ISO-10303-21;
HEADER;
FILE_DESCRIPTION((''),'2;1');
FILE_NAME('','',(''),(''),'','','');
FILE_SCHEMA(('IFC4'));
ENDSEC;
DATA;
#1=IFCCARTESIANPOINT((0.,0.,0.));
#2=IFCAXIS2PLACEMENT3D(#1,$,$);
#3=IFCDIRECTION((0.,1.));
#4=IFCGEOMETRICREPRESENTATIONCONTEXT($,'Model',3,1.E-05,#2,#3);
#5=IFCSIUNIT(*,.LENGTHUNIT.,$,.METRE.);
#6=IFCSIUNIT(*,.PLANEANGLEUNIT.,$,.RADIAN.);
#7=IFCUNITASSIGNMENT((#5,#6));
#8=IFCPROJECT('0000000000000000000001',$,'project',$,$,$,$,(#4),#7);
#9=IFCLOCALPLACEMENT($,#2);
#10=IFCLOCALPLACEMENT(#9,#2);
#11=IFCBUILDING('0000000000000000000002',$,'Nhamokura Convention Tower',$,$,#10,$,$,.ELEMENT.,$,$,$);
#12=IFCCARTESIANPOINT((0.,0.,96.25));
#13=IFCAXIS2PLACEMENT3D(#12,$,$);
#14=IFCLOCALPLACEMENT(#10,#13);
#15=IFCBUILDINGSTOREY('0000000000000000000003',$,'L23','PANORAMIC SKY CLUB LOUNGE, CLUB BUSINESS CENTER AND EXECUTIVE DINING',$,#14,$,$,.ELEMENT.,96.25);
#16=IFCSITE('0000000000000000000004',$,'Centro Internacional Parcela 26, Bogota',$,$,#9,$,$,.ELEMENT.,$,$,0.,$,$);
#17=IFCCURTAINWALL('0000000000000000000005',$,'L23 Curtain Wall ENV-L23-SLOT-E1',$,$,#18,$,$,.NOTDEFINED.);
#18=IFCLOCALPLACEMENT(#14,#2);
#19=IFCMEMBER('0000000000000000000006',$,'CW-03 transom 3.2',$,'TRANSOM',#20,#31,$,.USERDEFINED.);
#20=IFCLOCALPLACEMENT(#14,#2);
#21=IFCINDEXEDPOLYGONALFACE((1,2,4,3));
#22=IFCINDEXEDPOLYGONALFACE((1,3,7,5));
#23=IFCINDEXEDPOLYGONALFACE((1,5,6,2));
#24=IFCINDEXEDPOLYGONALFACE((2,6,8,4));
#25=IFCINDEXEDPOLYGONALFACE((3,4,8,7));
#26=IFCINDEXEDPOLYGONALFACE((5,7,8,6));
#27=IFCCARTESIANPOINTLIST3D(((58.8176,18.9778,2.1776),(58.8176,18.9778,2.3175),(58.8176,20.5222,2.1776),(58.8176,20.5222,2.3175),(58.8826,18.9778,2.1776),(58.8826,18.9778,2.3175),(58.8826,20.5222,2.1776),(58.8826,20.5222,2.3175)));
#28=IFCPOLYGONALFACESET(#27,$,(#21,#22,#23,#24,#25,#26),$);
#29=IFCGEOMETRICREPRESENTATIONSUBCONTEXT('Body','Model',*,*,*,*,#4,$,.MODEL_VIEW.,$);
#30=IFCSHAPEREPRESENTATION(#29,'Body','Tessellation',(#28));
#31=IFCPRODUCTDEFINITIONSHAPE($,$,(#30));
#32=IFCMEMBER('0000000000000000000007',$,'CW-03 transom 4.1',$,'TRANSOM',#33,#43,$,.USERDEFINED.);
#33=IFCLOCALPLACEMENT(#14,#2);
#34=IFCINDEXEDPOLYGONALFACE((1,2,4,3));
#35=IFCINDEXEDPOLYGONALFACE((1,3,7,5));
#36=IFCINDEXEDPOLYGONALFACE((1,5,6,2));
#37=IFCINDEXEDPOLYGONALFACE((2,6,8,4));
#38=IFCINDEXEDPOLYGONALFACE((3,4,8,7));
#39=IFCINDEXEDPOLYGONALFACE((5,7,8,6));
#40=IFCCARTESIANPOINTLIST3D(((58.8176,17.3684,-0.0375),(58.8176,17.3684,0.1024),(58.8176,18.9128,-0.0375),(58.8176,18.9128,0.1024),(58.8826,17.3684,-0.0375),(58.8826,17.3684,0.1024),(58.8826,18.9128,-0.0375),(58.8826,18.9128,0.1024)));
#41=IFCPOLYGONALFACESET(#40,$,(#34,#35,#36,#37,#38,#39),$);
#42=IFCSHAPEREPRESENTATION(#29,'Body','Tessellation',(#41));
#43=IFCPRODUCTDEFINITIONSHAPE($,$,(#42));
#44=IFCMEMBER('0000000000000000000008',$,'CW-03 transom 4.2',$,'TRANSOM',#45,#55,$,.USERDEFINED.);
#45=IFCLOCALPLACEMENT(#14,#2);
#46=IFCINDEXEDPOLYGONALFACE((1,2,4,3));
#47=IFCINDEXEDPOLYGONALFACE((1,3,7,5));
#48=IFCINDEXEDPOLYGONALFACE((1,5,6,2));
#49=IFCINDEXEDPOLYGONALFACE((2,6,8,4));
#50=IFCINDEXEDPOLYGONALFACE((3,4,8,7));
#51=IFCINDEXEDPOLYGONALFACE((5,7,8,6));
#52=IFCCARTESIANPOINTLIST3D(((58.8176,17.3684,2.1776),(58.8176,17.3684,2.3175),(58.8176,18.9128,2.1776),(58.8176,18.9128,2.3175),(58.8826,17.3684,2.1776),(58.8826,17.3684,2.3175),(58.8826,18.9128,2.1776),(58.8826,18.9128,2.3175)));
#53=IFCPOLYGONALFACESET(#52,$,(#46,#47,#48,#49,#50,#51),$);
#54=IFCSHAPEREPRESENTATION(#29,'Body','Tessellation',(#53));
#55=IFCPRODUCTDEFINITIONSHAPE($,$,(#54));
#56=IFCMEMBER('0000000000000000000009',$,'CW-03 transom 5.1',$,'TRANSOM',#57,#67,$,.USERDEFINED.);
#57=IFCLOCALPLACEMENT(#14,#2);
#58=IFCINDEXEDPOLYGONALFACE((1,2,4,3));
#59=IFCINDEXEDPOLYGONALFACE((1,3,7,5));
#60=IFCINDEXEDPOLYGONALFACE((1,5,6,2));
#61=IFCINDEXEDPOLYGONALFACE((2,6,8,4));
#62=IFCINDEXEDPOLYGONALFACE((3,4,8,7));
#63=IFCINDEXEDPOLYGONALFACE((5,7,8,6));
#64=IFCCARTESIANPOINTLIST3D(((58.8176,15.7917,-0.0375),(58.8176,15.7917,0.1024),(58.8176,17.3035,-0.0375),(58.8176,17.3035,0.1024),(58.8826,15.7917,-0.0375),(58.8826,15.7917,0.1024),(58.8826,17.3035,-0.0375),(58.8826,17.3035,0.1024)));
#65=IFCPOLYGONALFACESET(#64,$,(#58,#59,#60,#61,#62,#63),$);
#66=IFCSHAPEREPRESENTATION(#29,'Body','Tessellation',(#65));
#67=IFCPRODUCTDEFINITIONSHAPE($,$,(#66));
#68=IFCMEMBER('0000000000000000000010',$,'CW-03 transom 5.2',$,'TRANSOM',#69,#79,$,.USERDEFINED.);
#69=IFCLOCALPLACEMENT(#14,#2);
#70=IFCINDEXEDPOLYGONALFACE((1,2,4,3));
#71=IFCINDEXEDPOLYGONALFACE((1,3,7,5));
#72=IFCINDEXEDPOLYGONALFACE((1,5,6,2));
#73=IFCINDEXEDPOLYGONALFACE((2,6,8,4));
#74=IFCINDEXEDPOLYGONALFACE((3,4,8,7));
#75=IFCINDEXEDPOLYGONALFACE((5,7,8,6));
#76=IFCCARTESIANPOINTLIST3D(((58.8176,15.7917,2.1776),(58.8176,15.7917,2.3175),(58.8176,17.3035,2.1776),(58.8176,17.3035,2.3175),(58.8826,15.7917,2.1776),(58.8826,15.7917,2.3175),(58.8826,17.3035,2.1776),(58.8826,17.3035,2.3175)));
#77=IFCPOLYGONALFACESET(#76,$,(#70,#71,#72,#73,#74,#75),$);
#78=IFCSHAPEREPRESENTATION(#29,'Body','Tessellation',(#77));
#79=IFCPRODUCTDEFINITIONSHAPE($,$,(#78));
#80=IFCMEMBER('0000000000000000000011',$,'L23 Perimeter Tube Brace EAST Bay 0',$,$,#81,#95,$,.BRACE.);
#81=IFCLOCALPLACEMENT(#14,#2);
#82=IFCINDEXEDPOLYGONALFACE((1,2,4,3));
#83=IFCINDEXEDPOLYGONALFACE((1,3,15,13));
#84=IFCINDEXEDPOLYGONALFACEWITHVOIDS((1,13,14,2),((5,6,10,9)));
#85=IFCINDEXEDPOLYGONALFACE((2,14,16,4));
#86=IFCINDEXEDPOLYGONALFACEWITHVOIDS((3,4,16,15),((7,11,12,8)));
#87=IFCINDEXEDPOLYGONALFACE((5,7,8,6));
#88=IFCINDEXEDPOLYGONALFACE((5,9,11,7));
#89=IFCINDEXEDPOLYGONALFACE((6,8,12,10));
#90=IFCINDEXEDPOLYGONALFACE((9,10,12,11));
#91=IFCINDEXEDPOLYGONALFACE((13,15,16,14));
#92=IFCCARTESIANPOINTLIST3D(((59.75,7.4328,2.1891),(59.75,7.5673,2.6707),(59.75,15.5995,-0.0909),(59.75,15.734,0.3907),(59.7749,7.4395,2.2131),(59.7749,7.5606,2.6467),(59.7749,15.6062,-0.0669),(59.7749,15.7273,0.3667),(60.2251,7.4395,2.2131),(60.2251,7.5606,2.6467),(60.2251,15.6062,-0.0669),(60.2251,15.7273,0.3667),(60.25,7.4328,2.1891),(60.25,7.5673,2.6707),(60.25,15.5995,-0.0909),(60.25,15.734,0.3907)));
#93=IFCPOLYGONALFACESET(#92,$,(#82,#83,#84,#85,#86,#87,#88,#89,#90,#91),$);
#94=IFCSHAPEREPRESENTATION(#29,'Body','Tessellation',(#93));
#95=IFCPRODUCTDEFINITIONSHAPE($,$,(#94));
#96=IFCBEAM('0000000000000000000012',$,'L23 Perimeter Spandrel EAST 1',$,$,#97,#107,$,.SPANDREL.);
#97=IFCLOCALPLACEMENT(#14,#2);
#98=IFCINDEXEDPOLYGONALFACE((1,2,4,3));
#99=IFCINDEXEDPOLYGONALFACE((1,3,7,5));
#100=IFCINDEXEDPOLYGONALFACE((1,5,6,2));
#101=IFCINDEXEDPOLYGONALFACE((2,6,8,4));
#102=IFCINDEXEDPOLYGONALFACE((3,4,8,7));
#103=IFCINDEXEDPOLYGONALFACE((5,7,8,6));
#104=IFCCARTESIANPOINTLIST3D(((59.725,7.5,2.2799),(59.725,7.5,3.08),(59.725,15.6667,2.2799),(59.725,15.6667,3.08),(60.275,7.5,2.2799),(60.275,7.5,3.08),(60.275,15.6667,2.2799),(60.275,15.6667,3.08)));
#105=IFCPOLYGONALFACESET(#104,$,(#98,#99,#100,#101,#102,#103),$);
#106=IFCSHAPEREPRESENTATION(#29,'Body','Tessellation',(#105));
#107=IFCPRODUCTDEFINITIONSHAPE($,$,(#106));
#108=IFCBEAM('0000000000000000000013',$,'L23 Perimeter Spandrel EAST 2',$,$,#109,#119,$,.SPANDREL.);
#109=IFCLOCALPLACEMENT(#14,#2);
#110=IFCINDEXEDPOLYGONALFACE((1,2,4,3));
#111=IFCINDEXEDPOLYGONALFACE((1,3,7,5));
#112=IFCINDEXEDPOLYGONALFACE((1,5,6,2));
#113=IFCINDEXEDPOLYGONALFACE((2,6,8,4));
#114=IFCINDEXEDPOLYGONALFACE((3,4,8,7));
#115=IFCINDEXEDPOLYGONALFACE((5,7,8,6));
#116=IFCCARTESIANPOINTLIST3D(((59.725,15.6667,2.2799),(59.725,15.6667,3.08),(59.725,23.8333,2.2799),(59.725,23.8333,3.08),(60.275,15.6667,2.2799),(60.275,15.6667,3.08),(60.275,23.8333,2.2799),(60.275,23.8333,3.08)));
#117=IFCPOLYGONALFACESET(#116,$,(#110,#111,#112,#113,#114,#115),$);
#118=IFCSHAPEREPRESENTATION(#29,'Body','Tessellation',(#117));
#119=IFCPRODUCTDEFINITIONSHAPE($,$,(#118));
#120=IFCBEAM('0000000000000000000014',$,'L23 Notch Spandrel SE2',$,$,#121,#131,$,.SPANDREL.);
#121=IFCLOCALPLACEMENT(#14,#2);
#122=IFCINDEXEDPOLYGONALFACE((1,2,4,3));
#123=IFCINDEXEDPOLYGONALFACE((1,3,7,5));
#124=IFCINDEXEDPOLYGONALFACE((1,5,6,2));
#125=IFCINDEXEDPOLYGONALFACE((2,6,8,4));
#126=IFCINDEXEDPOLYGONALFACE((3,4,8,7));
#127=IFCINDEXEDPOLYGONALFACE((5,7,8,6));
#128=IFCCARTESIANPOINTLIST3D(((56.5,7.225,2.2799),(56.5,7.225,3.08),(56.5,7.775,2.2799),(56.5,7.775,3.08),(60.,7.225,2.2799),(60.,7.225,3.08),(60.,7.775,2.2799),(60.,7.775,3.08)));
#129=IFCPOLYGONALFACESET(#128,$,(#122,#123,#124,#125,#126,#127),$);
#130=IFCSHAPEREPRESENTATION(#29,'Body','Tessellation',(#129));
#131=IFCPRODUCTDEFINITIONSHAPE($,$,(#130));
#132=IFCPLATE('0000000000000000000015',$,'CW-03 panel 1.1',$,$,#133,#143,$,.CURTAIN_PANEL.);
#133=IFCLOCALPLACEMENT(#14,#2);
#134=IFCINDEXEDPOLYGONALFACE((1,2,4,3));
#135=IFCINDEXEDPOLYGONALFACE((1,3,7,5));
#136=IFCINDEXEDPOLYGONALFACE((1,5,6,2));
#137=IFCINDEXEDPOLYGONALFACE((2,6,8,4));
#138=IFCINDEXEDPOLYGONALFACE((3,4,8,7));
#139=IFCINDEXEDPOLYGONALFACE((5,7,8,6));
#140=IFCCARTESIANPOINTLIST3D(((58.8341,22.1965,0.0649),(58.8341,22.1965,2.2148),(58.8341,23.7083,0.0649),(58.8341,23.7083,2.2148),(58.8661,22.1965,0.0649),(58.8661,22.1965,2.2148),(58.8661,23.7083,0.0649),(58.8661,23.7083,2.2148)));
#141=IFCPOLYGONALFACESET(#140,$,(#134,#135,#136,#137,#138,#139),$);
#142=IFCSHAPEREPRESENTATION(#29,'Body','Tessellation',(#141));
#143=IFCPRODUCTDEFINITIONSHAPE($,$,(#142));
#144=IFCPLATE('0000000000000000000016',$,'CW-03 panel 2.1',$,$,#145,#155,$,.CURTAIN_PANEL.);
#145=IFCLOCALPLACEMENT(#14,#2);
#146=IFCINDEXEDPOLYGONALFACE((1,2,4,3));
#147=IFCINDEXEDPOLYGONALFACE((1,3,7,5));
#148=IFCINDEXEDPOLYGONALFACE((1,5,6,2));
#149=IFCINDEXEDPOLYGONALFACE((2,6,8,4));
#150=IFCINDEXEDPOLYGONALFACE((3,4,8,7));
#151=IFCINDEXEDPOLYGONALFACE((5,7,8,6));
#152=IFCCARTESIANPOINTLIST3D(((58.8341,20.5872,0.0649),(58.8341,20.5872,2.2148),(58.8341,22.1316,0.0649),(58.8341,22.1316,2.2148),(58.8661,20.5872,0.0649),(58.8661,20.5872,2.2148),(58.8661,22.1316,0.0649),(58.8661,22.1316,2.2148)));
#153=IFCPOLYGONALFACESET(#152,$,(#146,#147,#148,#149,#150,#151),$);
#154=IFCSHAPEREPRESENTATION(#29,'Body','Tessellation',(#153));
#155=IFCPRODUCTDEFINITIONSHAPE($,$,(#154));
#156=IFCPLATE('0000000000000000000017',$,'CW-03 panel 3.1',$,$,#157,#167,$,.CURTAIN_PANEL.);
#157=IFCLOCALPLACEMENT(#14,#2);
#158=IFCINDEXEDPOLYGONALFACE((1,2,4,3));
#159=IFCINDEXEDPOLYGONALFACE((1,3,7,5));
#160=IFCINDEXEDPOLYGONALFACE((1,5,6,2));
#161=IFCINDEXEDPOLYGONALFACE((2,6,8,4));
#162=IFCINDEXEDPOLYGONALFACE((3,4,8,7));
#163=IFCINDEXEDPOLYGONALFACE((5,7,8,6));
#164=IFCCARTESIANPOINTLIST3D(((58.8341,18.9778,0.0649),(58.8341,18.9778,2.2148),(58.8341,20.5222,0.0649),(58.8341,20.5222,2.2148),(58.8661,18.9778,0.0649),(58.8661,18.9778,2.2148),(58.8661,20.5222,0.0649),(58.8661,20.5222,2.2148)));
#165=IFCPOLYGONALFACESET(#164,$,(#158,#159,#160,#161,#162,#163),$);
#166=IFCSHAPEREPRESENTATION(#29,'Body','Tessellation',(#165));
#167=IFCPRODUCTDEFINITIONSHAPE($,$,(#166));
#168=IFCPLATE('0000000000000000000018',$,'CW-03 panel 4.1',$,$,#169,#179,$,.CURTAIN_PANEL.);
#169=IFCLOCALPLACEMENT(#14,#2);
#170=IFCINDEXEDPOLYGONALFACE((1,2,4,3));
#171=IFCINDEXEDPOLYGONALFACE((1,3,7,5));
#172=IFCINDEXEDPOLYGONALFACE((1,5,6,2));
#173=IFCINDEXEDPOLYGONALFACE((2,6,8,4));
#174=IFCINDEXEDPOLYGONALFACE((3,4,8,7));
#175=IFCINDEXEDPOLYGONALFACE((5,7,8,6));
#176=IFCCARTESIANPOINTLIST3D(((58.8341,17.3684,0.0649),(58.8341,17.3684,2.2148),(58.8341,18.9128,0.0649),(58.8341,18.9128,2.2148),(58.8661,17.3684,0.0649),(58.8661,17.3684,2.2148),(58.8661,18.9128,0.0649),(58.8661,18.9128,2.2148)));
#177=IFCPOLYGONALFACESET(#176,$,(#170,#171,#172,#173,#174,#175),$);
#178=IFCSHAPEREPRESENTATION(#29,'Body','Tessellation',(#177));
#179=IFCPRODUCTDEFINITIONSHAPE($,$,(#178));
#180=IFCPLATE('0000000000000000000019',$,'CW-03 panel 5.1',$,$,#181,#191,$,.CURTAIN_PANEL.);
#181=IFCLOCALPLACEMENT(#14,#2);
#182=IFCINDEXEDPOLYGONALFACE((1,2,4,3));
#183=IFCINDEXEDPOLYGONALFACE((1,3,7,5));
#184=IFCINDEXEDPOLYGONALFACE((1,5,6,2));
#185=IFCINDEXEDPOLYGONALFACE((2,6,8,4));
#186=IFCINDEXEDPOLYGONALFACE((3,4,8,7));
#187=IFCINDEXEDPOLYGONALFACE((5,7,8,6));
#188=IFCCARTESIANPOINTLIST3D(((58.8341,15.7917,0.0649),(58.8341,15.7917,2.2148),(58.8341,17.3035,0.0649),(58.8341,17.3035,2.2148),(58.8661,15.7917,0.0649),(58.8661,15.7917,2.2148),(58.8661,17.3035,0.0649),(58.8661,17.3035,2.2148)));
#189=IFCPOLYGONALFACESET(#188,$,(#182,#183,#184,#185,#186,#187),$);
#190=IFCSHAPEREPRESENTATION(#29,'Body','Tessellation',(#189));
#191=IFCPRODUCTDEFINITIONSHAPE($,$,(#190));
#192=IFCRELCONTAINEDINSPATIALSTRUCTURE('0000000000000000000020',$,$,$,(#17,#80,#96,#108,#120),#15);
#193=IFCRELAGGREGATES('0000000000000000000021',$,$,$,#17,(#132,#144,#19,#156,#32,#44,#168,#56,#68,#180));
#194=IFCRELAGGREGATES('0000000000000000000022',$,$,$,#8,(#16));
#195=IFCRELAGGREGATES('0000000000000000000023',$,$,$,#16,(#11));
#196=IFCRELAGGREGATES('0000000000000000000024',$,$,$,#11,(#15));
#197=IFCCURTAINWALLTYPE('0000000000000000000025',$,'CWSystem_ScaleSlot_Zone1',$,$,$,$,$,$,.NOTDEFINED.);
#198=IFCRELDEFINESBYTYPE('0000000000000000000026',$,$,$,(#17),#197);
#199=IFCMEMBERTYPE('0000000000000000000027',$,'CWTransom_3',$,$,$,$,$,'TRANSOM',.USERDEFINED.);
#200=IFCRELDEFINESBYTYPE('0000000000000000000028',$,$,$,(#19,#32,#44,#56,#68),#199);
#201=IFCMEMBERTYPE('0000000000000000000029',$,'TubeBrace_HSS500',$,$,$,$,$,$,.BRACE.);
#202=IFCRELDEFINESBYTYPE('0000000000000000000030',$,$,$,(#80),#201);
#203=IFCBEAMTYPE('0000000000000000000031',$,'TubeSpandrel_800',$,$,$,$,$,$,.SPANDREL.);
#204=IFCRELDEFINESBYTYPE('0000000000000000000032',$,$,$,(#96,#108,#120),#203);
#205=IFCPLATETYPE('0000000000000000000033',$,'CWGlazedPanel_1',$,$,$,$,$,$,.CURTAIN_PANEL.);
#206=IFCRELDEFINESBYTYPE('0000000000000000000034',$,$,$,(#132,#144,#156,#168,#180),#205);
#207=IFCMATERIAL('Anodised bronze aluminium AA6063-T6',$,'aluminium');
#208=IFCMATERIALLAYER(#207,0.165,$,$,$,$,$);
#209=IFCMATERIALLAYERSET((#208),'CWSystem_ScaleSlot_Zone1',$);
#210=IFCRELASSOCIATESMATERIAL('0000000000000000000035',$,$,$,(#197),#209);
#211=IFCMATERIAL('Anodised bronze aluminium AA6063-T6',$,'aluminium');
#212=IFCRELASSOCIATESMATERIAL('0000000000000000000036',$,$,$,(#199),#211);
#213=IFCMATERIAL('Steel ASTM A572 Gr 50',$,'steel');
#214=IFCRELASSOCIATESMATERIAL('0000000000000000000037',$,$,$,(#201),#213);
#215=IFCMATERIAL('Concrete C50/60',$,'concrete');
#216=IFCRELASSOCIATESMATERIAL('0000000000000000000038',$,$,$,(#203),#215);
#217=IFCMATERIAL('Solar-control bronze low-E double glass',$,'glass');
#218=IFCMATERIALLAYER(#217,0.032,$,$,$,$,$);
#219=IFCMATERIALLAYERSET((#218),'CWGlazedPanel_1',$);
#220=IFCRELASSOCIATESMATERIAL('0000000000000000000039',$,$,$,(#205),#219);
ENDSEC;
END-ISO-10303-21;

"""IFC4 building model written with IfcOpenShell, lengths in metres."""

from ifc_helpers import new_model, si_unit, direction, frame, origin, origin_2d, place, context, subcontext, project, spatial, rectangle, hollow_rectangle, extrude, material, layer, layer_set, material_profile, profile_set, type_object, element, aggregate, save


model = new_model("IFC4")

# Units and contexts
model_context = context("Model", 3, precision=1e-05, world=origin(), true_north=direction((0.0, 1.0)))
body_context = subcontext(model_context, "Body", "Model", "MODEL_VIEW")
ifc_project = project(units=[si_unit("LENGTHUNIT", "METRE"), si_unit("PLANEANGLEUNIT", "RADIAN")], contexts=[model_context])

# Site, building, storey
site_placement = place(None, origin())
site = spatial("IfcSite", under=ifc_project, at=site_placement, Name="Centro Internacional Parcela 26, Bogota", CompositionType="ELEMENT", RefElevation=0.0)
building_placement = place(site_placement, origin())
building = spatial("IfcBuilding", under=site, at=building_placement, Name="Nhamokura Convention Tower", CompositionType="ELEMENT")
storey_placement = place(building_placement, frame((0.0, 0.0, 96.25)))
storey = spatial("IfcBuildingStorey", under=building, at=storey_placement, Name="L23", Description="PANORAMIC SKY CLUB LOUNGE, CLUB BUSINESS CENTER AND EXECUTIVE DINING", CompositionType="ELEMENT", Elevation=96.25)

# Curtain wall, members
ifc_material_1 = material(Name="Anodised bronze aluminium AA6063-T6", Category="aluminium")
ifc_layer_1 = layer(ifc_material_1, 0.165)
ifc_layer_set_1 = layer_set([ifc_layer_1], Name="CWSystem_ScaleSlot_Zone1")
curtain_wall_type = type_object("IfcCurtainWallType", Name="CWSystem_ScaleSlot_Zone1", PredefinedType="NOTDEFINED", material=ifc_layer_set_1)
curtain_wall_placement = place(storey_placement, origin())
curtain_wall = element("IfcCurtainWall", 1, at=curtain_wall_placement, inside=storey, type_object=curtain_wall_type, Name="L23 Curtain Wall ENV-L23-SLOT-E1", PredefinedType="NOTDEFINED")
ifc_material_2 = material(Name="Anodised bronze aluminium AA6063-T6", Category="aluminium")
ifc_material_profile_1 = material_profile(ifc_material_2, rectangle(XDim=0.0649, YDim=0.1399, at=origin_2d()))
ifc_profile_set_1 = profile_set([ifc_material_profile_1], Name="Anodised bronze aluminium AA6063-T6")
member_type_1 = type_object("IfcMemberType", Name="CWTransom_3", ElementType="TRANSOM", PredefinedType="USERDEFINED", material=ifc_profile_set_1)
member_1_placement = place(storey_placement, frame((58.8501, 20.5222, 2.2476), z_axis=(0.0, -1.0, 0.0), x_axis=(1.0, 0.0, 0.0)))
member_1 = element("IfcMember", 2, at=member_1_placement, type_object=member_type_1, Name="CW-03 transom 3.2", ObjectType="TRANSOM", PredefinedType="USERDEFINED", context=body_context, shape_type="SweptSolid", body=[
    extrude(rectangle(XDim=0.0649, YDim=0.1399, at=origin_2d()), origin(), (0.0, 0.0, 1.0), 1.5444),
])
member_2_placement = place(storey_placement, frame((58.8501, 18.9128, 0.0325), z_axis=(0.0, -1.0, 0.0), x_axis=(1.0, 0.0, 0.0)))
member_2 = element("IfcMember", 3, at=member_2_placement, type_object=member_type_1, Name="CW-03 transom 4.1", ObjectType="TRANSOM", PredefinedType="USERDEFINED", context=body_context, shape_type="SweptSolid", body=[
    extrude(rectangle(XDim=0.0649, YDim=0.1399, at=origin_2d()), origin(), (0.0, 0.0, 1.0), 1.5444),
])
member_3_placement = place(storey_placement, frame((58.8501, 18.9128, 2.2476), z_axis=(0.0, -1.0, 0.0), x_axis=(1.0, 0.0, 0.0)))
member_3 = element("IfcMember", 4, at=member_3_placement, type_object=member_type_1, Name="CW-03 transom 4.2", ObjectType="TRANSOM", PredefinedType="USERDEFINED", context=body_context, shape_type="SweptSolid", body=[
    extrude(rectangle(XDim=0.0649, YDim=0.1399, at=origin_2d()), origin(), (0.0, 0.0, 1.0), 1.5444),
])
member_4_placement = place(storey_placement, frame((58.8501, 17.3035, 0.0325), z_axis=(0.0, -1.0, 0.0), x_axis=(1.0, 0.0, 0.0)))
member_4 = element("IfcMember", 5, at=member_4_placement, type_object=member_type_1, Name="CW-03 transom 5.1", ObjectType="TRANSOM", PredefinedType="USERDEFINED", context=body_context, shape_type="SweptSolid", body=[
    extrude(rectangle(XDim=0.0649, YDim=0.1399, at=origin_2d()), origin(), (0.0, 0.0, 1.0), 1.5117),
])
member_5_placement = place(storey_placement, frame((58.8501, 17.3035, 2.2476), z_axis=(0.0, -1.0, 0.0), x_axis=(1.0, 0.0, 0.0)))
member_5 = element("IfcMember", 6, at=member_5_placement, type_object=member_type_1, Name="CW-03 transom 5.2", ObjectType="TRANSOM", PredefinedType="USERDEFINED", context=body_context, shape_type="SweptSolid", body=[
    extrude(rectangle(XDim=0.0649, YDim=0.1399, at=origin_2d()), origin(), (0.0, 0.0, 1.0), 1.5117),
])

# Member
ifc_material_3 = material(Name="Steel ASTM A572 Gr 50", Category="steel")
ifc_material_profile_2 = material_profile(ifc_material_3, hollow_rectangle(XDim=0.5, YDim=0.5, WallThickness=0.0249, at=origin_2d()))
ifc_profile_set_2 = profile_set([ifc_material_profile_2], Name="Steel ASTM A572 Gr 50")
member_type_2 = type_object("IfcMemberType", Name="TubeBrace_HSS500", PredefinedType="BRACE", material=ifc_profile_set_2)
member_6_placement = place(storey_placement, frame((60.0, 15.6667, 0.1499), z_axis=(0.0, -0.963168, 0.268901), x_axis=(1.0, 0.0, 0.0)))
element("IfcMember", 7, at=member_6_placement, inside=storey, type_object=member_type_2, Name="L23 Perimeter Tube Brace EAST Bay 0", PredefinedType="BRACE", context=body_context, shape_type="SweptSolid", body=[
    extrude(hollow_rectangle(XDim=0.5, YDim=0.5, WallThickness=0.0249, at=origin_2d()), origin(), (0.0, 0.0, 1.0), 8.479),
])

# Beams
ifc_material_4 = material(Name="Concrete C50/60", Category="concrete")
ifc_material_profile_3 = material_profile(ifc_material_4, rectangle(XDim=0.55, YDim=0.8, at=origin_2d()))
ifc_profile_set_3 = profile_set([ifc_material_profile_3], Name="Concrete C50/60")
beam_type = type_object("IfcBeamType", Name="TubeSpandrel_800", PredefinedType="SPANDREL", material=ifc_profile_set_3)
beam_1_placement = place(storey_placement, frame((60.0, 7.5, 2.6799), z_axis=(0.0, 1.0, 0.0), x_axis=(-1.0, 0.0, 0.0)))
element("IfcBeam", 8, at=beam_1_placement, inside=storey, type_object=beam_type, Name="L23 Perimeter Spandrel EAST 1", PredefinedType="SPANDREL", context=body_context, shape_type="SweptSolid", body=[
    extrude(rectangle(XDim=0.55, YDim=0.8, at=origin_2d()), origin(), (0.0, 0.0, 1.0), 8.1667),
])
beam_2_placement = place(storey_placement, frame((60.0, 15.6667, 2.6799), z_axis=(0.0, 1.0, 0.0), x_axis=(-1.0, 0.0, 0.0)))
element("IfcBeam", 9, at=beam_2_placement, inside=storey, type_object=beam_type, Name="L23 Perimeter Spandrel EAST 2", PredefinedType="SPANDREL", context=body_context, shape_type="SweptSolid", body=[
    extrude(rectangle(XDim=0.55, YDim=0.8, at=origin_2d()), origin(), (0.0, 0.0, 1.0), 8.1665),
])
beam_3_placement = place(storey_placement, frame((56.5, 7.5, 2.6799), z_axis=(1.0, 0.0, 0.0), x_axis=(0.0, 1.0, 0.0)))
element("IfcBeam", 10, at=beam_3_placement, inside=storey, type_object=beam_type, Name="L23 Notch Spandrel SE2", PredefinedType="SPANDREL", context=body_context, shape_type="SweptSolid", body=[
    extrude(rectangle(XDim=0.55, YDim=0.8, at=origin_2d()), origin(), (0.0, 0.0, 1.0), 3.5),
])

# Plates
ifc_material_5 = material(Name="Solar-control bronze low-E double glass", Category="glass")
ifc_layer_2 = layer(ifc_material_5, 0.032)
ifc_layer_set_2 = layer_set([ifc_layer_2], Name="CWGlazedPanel_1")
plate_type = type_object("IfcPlateType", Name="CWGlazedPanel_1", PredefinedType="CURTAIN_PANEL", material=ifc_layer_set_2)
plate_1_placement = place(storey_placement, frame((58.8501, 22.9524, 0.0649), z_axis=(0.0, 0.0, 1.0), x_axis=(0.0, -1.0, 0.0)))
plate_1 = element("IfcPlate", 11, at=plate_1_placement, type_object=plate_type, Name="CW-03 panel 1.1", PredefinedType="CURTAIN_PANEL", context=body_context, shape_type="SweptSolid", body=[
    extrude(rectangle(XDim=1.5117, YDim=0.032, at=origin_2d()), origin(), (0.0, 0.0, 1.0), 2.1499),
])
plate_2_placement = place(storey_placement, frame((58.8501, 21.3594, 0.0649), z_axis=(0.0, 0.0, 1.0), x_axis=(0.0, -1.0, 0.0)))
plate_2 = element("IfcPlate", 12, at=plate_2_placement, type_object=plate_type, Name="CW-03 panel 2.1", PredefinedType="CURTAIN_PANEL", context=body_context, shape_type="SweptSolid", body=[
    extrude(rectangle(XDim=1.5444, YDim=0.032, at=origin_2d()), origin(), (0.0, 0.0, 1.0), 2.1499),
])
plate_3_placement = place(storey_placement, frame((58.8501, 19.75, 0.0649), z_axis=(0.0, 0.0, 1.0), x_axis=(0.0, -1.0, 0.0)))
plate_3 = element("IfcPlate", 13, at=plate_3_placement, type_object=plate_type, Name="CW-03 panel 3.1", PredefinedType="CURTAIN_PANEL", context=body_context, shape_type="SweptSolid", body=[
    extrude(rectangle(XDim=1.5444, YDim=0.032, at=origin_2d()), origin(), (0.0, 0.0, 1.0), 2.1499),
])
plate_4_placement = place(storey_placement, frame((58.8501, 18.1406, 0.0649), z_axis=(0.0, 0.0, 1.0), x_axis=(0.0, -1.0, 0.0)))
plate_4 = element("IfcPlate", 14, at=plate_4_placement, type_object=plate_type, Name="CW-03 panel 4.1", PredefinedType="CURTAIN_PANEL", context=body_context, shape_type="SweptSolid", body=[
    extrude(rectangle(XDim=1.5444, YDim=0.032, at=origin_2d()), origin(), (0.0, 0.0, 1.0), 2.1499),
])
plate_5_placement = place(storey_placement, frame((58.8501, 16.5476, 0.0649), z_axis=(0.0, 0.0, 1.0), x_axis=(0.0, -1.0, 0.0)))
plate_5 = element("IfcPlate", 15, at=plate_5_placement, type_object=plate_type, Name="CW-03 panel 5.1", PredefinedType="CURTAIN_PANEL", context=body_context, shape_type="SweptSolid", body=[
    extrude(rectangle(XDim=1.5117, YDim=0.032, at=origin_2d()), origin(), (0.0, 0.0, 1.0), 2.1499),
])
aggregate(curtain_wall, [plate_1, plate_2, member_1, plate_3, member_2, member_3, plate_4, member_4, member_5, plate_5])

save(model, "model.ifc")
